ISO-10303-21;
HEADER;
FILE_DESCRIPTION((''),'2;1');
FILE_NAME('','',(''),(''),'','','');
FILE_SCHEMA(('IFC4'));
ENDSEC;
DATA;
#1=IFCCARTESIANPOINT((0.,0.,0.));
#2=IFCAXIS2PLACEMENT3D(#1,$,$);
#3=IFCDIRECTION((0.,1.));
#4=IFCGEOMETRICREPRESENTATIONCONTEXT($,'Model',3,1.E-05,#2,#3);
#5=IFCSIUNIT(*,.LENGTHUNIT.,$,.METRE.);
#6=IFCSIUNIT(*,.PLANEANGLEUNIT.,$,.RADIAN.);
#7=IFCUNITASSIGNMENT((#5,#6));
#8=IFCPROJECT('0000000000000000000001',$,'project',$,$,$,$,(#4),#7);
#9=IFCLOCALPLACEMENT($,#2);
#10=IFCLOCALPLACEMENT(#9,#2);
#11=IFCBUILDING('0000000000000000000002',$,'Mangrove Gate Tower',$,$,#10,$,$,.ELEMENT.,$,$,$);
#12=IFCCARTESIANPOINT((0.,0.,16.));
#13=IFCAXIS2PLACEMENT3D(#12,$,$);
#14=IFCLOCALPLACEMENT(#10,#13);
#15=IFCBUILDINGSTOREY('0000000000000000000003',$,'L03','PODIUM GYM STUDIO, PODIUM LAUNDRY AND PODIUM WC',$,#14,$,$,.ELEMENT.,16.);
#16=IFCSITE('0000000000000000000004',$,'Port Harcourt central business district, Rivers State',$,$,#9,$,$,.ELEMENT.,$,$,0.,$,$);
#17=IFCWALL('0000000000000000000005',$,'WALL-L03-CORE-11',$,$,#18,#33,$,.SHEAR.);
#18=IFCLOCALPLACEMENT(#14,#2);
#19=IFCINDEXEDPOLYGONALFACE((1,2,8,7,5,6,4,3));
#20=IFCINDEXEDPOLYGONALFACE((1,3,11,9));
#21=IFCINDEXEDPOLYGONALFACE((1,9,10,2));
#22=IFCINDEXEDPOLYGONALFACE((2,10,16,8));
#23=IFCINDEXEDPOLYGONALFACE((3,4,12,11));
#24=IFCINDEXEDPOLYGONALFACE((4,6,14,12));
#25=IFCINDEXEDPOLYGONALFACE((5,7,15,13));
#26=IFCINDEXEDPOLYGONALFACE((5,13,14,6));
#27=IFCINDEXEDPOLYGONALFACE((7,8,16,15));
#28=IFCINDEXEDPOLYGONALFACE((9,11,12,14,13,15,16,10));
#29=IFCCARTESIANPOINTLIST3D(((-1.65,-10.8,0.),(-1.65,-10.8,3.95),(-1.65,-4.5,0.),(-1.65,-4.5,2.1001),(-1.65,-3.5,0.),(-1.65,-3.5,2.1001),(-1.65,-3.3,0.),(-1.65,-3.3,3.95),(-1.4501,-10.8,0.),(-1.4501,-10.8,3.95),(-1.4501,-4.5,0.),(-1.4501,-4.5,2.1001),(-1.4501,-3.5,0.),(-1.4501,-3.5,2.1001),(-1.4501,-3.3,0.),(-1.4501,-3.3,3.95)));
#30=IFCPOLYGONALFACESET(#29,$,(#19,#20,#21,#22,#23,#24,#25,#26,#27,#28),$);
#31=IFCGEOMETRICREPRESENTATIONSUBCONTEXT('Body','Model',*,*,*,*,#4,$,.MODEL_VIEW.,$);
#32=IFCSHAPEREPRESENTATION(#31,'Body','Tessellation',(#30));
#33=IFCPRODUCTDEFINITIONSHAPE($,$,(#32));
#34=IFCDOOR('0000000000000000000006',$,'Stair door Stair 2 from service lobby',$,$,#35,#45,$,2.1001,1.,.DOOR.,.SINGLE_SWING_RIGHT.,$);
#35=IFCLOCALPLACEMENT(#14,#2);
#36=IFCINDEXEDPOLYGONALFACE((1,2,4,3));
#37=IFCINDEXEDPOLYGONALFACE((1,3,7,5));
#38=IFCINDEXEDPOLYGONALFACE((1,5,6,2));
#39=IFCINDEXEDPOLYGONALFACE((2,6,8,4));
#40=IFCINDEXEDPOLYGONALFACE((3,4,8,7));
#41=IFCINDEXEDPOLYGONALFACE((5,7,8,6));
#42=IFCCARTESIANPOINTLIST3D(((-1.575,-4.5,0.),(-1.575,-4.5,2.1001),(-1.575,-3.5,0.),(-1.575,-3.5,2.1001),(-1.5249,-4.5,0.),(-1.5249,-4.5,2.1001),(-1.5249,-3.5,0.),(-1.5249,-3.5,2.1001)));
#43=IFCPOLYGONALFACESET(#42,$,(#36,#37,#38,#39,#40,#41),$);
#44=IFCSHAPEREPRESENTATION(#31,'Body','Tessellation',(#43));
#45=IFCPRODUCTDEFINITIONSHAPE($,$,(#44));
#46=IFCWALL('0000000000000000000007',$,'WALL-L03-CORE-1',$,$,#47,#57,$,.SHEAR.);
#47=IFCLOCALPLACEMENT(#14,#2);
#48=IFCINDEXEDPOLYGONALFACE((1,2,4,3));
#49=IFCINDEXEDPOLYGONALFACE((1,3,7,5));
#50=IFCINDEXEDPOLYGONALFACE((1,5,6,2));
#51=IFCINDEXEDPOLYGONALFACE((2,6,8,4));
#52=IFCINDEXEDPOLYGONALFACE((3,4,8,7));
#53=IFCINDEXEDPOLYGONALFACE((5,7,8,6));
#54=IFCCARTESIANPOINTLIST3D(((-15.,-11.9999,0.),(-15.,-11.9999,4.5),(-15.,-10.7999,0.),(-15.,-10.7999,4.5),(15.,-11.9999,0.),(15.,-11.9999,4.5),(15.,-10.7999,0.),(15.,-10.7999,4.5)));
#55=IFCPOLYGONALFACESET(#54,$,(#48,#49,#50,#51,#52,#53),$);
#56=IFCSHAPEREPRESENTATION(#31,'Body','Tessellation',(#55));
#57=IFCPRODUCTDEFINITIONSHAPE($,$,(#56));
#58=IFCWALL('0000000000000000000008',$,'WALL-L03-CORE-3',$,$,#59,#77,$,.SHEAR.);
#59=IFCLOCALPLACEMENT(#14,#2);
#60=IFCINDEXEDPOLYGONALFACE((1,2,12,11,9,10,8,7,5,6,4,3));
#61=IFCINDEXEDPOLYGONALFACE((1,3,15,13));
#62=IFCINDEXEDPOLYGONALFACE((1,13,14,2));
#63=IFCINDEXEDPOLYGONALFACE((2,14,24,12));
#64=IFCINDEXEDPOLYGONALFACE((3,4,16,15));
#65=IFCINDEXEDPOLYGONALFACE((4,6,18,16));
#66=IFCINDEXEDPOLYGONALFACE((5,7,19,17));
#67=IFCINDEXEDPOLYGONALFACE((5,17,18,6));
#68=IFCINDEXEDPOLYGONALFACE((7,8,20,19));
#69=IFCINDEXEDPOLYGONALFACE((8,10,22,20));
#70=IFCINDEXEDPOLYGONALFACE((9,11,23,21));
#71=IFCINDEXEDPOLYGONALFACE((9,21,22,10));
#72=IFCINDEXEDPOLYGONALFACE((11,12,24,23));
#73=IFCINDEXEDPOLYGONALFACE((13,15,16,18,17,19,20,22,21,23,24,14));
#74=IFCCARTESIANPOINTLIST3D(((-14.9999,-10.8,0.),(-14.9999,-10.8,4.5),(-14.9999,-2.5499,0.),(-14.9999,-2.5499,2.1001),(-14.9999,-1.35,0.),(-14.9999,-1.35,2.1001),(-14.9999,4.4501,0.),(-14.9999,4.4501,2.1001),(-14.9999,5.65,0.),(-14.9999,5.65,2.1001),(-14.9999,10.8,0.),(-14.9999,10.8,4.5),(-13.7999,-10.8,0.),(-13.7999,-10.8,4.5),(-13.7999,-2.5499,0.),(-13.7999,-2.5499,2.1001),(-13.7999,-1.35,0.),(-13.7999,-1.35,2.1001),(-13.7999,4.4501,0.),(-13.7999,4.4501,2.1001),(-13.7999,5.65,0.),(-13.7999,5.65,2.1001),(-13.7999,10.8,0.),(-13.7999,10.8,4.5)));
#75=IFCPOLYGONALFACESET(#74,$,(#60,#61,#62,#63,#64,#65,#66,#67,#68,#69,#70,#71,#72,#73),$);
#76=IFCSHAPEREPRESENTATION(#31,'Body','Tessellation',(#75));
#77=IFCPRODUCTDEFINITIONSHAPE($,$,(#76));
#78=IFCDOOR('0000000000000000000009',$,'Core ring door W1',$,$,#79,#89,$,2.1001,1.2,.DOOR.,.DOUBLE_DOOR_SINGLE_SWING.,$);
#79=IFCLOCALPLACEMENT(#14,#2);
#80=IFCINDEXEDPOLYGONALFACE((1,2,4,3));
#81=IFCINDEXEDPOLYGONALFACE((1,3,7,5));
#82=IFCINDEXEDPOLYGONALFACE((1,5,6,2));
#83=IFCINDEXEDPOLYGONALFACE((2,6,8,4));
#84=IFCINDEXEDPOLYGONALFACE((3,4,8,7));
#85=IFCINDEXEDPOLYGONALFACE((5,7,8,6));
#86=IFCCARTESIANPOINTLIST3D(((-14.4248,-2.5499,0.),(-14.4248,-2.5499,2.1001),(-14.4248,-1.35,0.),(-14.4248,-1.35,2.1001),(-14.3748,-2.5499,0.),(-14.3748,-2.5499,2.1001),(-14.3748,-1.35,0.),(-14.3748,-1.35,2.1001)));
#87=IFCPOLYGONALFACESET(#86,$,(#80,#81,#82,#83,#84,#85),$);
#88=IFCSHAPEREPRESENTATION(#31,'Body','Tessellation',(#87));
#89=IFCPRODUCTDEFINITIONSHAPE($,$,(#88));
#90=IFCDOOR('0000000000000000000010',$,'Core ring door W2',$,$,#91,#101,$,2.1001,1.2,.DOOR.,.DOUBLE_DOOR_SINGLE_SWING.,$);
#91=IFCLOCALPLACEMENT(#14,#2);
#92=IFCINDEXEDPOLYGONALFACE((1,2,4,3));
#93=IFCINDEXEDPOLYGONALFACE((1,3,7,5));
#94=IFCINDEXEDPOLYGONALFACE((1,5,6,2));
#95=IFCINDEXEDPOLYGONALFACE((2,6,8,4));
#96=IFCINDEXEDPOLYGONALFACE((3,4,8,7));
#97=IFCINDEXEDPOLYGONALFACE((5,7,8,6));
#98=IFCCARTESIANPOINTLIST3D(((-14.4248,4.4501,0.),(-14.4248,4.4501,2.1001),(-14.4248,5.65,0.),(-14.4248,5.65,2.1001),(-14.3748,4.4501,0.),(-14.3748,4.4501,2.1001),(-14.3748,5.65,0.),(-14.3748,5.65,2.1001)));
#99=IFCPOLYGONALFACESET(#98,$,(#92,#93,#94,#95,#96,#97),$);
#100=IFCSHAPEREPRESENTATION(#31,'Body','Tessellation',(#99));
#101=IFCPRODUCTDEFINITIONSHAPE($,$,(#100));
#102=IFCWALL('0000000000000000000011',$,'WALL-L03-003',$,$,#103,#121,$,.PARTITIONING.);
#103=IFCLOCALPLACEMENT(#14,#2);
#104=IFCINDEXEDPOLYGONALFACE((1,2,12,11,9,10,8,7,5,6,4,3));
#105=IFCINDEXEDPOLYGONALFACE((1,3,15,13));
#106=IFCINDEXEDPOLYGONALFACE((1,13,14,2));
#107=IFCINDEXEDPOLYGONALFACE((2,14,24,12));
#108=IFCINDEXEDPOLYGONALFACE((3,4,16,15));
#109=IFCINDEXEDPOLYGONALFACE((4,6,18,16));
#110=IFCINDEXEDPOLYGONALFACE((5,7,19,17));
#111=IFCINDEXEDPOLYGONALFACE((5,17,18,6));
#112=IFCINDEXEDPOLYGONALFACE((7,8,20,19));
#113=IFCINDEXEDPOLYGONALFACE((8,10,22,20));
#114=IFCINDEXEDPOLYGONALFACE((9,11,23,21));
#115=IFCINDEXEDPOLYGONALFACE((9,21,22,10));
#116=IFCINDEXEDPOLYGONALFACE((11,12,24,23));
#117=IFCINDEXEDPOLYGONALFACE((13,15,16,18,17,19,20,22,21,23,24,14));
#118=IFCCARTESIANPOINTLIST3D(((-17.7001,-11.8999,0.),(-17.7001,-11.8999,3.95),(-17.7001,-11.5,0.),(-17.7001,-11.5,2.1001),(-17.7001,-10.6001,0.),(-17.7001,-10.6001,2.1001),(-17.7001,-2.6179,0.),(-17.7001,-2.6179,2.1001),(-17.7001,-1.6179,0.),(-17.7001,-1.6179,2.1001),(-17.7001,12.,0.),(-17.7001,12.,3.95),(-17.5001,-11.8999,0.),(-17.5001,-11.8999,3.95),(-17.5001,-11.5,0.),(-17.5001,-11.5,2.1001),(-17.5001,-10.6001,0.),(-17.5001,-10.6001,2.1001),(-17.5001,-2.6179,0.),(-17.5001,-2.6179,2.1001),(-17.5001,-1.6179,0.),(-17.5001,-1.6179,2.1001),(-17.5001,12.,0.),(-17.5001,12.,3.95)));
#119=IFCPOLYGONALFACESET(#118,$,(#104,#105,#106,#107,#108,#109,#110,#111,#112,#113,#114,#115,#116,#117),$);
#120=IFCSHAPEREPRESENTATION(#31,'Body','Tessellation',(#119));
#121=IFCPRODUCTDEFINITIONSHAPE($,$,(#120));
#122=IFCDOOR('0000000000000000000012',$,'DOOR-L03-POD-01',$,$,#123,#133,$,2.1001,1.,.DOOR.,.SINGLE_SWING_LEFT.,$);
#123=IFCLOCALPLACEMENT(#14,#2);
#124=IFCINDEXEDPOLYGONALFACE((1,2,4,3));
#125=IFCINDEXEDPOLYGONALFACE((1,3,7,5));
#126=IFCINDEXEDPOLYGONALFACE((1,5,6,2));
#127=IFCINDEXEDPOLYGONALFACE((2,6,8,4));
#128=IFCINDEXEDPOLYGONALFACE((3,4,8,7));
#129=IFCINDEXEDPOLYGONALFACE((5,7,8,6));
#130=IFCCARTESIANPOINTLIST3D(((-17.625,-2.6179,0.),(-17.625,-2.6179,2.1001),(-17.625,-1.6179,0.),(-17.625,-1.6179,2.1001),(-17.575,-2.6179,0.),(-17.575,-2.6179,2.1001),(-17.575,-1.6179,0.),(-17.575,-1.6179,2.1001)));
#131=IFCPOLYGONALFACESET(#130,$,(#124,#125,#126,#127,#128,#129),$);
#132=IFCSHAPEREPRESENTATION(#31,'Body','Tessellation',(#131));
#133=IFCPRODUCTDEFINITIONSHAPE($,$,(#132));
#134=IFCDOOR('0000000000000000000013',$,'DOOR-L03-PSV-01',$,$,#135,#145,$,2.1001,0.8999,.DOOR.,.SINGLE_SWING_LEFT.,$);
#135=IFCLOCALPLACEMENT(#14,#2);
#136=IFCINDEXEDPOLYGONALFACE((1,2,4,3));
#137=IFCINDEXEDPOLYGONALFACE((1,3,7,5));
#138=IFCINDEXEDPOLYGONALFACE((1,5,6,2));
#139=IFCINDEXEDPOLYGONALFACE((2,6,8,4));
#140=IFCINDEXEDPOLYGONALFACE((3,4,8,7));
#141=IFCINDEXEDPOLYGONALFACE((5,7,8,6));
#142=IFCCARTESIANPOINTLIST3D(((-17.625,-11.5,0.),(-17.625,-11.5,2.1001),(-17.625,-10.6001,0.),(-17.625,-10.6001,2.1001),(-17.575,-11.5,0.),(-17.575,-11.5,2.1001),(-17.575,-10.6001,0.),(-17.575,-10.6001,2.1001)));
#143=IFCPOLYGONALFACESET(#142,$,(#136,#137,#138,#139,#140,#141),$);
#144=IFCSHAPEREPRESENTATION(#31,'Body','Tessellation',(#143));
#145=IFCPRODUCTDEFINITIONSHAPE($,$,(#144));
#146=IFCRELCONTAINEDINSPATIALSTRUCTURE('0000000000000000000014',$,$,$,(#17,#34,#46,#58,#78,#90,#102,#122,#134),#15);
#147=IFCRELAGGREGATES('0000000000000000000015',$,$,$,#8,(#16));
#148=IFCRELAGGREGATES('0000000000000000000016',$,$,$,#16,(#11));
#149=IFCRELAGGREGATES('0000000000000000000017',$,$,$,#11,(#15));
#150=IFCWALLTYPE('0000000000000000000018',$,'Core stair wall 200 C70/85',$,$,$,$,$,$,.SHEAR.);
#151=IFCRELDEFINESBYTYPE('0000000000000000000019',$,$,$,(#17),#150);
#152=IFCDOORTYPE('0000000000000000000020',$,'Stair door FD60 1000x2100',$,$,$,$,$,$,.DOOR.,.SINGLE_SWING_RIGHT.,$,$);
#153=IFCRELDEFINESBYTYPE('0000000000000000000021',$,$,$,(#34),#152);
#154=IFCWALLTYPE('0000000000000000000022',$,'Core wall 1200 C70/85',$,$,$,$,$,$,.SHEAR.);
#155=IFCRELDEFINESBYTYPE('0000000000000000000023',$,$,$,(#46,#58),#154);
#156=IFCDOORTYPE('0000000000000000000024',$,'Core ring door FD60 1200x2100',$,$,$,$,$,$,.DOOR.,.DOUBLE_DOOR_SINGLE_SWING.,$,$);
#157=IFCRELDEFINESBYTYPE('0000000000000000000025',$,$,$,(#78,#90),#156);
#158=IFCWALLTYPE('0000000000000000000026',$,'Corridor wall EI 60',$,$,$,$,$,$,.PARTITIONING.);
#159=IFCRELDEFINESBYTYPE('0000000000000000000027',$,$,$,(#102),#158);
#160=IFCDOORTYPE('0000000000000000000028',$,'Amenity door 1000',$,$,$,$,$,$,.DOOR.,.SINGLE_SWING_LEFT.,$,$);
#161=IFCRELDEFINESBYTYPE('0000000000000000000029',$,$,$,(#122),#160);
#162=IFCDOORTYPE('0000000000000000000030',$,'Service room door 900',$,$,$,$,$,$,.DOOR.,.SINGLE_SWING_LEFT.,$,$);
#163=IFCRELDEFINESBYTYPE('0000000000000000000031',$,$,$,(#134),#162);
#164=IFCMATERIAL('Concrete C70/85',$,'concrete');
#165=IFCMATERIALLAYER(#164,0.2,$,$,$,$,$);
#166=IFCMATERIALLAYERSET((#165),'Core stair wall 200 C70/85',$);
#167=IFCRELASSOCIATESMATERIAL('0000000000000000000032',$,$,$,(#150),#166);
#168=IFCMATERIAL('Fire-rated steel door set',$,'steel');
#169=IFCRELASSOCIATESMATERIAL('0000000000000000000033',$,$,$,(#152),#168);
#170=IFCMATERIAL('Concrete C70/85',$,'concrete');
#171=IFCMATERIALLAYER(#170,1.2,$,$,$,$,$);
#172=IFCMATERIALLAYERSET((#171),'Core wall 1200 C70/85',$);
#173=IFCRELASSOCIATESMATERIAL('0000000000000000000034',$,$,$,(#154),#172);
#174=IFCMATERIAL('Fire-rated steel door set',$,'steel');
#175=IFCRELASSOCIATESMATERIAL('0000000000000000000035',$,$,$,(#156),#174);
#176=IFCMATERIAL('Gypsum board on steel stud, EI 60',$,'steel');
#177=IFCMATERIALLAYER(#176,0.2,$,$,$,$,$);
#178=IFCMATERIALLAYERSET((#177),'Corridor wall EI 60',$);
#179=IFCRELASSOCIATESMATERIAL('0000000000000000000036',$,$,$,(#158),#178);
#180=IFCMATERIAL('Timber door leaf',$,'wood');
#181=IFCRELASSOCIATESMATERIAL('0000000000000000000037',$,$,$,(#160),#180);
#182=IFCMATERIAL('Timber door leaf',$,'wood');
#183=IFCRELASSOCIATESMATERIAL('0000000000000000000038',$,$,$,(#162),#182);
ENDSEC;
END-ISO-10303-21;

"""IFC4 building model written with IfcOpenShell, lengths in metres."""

from ifc_helpers import new_model, si_unit, direction, frame, frame_2d, origin, place, context, subcontext, project, spatial, rectangle, extrude, material, layer, layer_set, type_object, element, fill, save


model = new_model("IFC4")

# Units and contexts
model_context = context("Model", 3, precision=1e-05, world=origin(), true_north=direction((0.0, 1.0)))
body_context = subcontext(model_context, "Body", "Model", "MODEL_VIEW")
ifc_project = project(units=[si_unit("LENGTHUNIT", "METRE"), si_unit("PLANEANGLEUNIT", "RADIAN")], contexts=[model_context])

# Site, building, storey
site_placement = place(None, origin())
site = spatial("IfcSite", under=ifc_project, at=site_placement, Name="Port Harcourt central business district, Rivers State", CompositionType="ELEMENT", RefElevation=0.0)
building_placement = place(site_placement, origin())
building = spatial("IfcBuilding", under=site, at=building_placement, Name="Mangrove Gate Tower", CompositionType="ELEMENT")
storey_placement = place(building_placement, frame((0.0, 0.0, 16.0)))
storey = spatial("IfcBuildingStorey", under=building, at=storey_placement, Name="L03", Description="PODIUM GYM STUDIO, PODIUM LAUNDRY AND PODIUM WC", CompositionType="ELEMENT", Elevation=16.0)

# Shared definitions
ifc_material_1 = material(Name="Concrete C70/85", Category="concrete")
ifc_layer_1 = layer(ifc_material_1, 0.2)
ifc_layer_set_1 = layer_set([ifc_layer_1], Name="Core stair wall 200 C70/85")
wall_type_1 = type_object("IfcWallType", Name="Core stair wall 200 C70/85", PredefinedType="SHEAR", material=ifc_layer_set_1)

# Wall, opening, door
wall_1_placement = place(storey_placement, frame((-1.55, -10.8, 0.0), z_axis=(0.0, 0.0, 1.0), x_axis=(0.0, 1.0, 0.0)))
wall_1 = element("IfcWall", 1, at=wall_1_placement, inside=storey, type_object=wall_type_1, Name="WALL-L03-CORE-11", PredefinedType="SHEAR", context=body_context, shape_type="SweptSolid", body=[
    extrude(rectangle(XDim=7.5, YDim=0.2, at=frame_2d((3.75, 0.0))), origin(), (0.0, 0.0, 1.0), 3.95),
])
opening_1_placement = place(wall_1_placement, frame((6.3, 0.0, 0.0)))
opening_1 = element("IfcOpeningElement", 2, at=opening_1_placement, cuts=wall_1, PredefinedType="OPENING", context=body_context, shape_type="SweptSolid", body=[
    extrude(rectangle(XDim=1.0, YDim=2.1001, at=frame_2d((0.5, 1.05))), frame((0.0, 0.1099, 0.0), z_axis=(0.0, -1.0, 0.0), x_axis=(1.0, 0.0, 0.0)), (0.0, 0.0, 1.0), 0.22),
])
ifc_material_2 = material(Name="Fire-rated steel door set", Category="steel")
door_type_1 = type_object("IfcDoorType", Name="Stair door FD60 1000x2100", OperationType="SINGLE_SWING_RIGHT", PredefinedType="DOOR", material=ifc_material_2)
door_1_placement = place(opening_1_placement, origin())
door_1 = element("IfcDoor", 3, at=door_1_placement, inside=storey, type_object=door_type_1, Name="Stair door Stair 2 from service lobby", OperationType="SINGLE_SWING_RIGHT", OverallHeight=2.1001, OverallWidth=1.0, PredefinedType="DOOR", context=body_context, shape_type="SweptSolid", body=[
    extrude(rectangle(XDim=1.0, YDim=2.1001, at=frame_2d((0.5, 1.05))), frame((0.0, 0.0249, 0.0), z_axis=(0.0, -1.0, 0.0), x_axis=(1.0, 0.0, 0.0)), (0.0, 0.0, 1.0), 0.05),
])
fill(opening_1, door_1)

# Wall
ifc_material_3 = material(Name="Concrete C70/85", Category="concrete")
ifc_layer_2 = layer(ifc_material_3, 1.2)
ifc_layer_set_2 = layer_set([ifc_layer_2], Name="Core wall 1200 C70/85")
wall_type_2 = type_object("IfcWallType", Name="Core wall 1200 C70/85", PredefinedType="SHEAR", material=ifc_layer_set_2)
wall_2_placement = place(storey_placement, frame((-15.0, -11.3999, 0.0), z_axis=(0.0, 0.0, 1.0), x_axis=(1.0, 0.0, 0.0)))
element("IfcWall", 4, at=wall_2_placement, inside=storey, type_object=wall_type_2, Name="WALL-L03-CORE-1", PredefinedType="SHEAR", context=body_context, shape_type="SweptSolid", body=[
    extrude(rectangle(XDim=30.0, YDim=1.2, at=frame_2d((15.0, 0.0))), origin(), (0.0, 0.0, 1.0), 4.5),
])

# Walls, openings, doors
wall_3_placement = place(storey_placement, frame((-14.3999, -10.8, 0.0), z_axis=(0.0, 0.0, 1.0), x_axis=(0.0, 1.0, 0.0)))
wall_3 = element("IfcWall", 5, at=wall_3_placement, inside=storey, type_object=wall_type_2, Name="WALL-L03-CORE-3", PredefinedType="SHEAR", context=body_context, shape_type="SweptSolid", body=[
    extrude(rectangle(XDim=21.6001, YDim=1.2, at=frame_2d((10.8, 0.0))), origin(), (0.0, 0.0, 1.0), 4.5),
])
opening_2_placement = place(wall_3_placement, frame((8.25, 0.0, 0.0)))
opening_2 = element("IfcOpeningElement", 6, at=opening_2_placement, cuts=wall_3, PredefinedType="OPENING", context=body_context, shape_type="SweptSolid", body=[
    extrude(rectangle(XDim=1.2, YDim=2.1001, at=frame_2d((0.6001, 1.05))), frame((0.0, 0.6099, 0.0), z_axis=(0.0, -1.0, 0.0), x_axis=(1.0, 0.0, 0.0)), (0.0, 0.0, 1.0), 1.22),
])
opening_3_placement = place(wall_3_placement, frame((15.25, 0.0, 0.0)))
opening_3 = element("IfcOpeningElement", 7, at=opening_3_placement, cuts=wall_3, PredefinedType="OPENING", context=body_context, shape_type="SweptSolid", body=[
    extrude(rectangle(XDim=1.2, YDim=2.1001, at=frame_2d((0.6001, 1.05))), frame((0.0, 0.6099, 0.0), z_axis=(0.0, -1.0, 0.0), x_axis=(1.0, 0.0, 0.0)), (0.0, 0.0, 1.0), 1.22),
])
ifc_material_4 = material(Name="Fire-rated steel door set", Category="steel")
door_type_2 = type_object("IfcDoorType", Name="Core ring door FD60 1200x2100", OperationType="DOUBLE_DOOR_SINGLE_SWING", PredefinedType="DOOR", material=ifc_material_4)
door_2_placement = place(opening_2_placement, origin())
door_2 = element("IfcDoor", 8, at=door_2_placement, inside=storey, type_object=door_type_2, Name="Core ring door W1", OperationType="DOUBLE_DOOR_SINGLE_SWING", OverallHeight=2.1001, OverallWidth=1.2, PredefinedType="DOOR", context=body_context, shape_type="SweptSolid", body=[
    extrude(rectangle(XDim=1.2, YDim=2.1001, at=frame_2d((0.6001, 1.05))), frame((0.0, 0.0249, 0.0), z_axis=(0.0, -1.0, 0.0), x_axis=(1.0, 0.0, 0.0)), (0.0, 0.0, 1.0), 0.05),
])
fill(opening_2, door_2)
door_3_placement = place(opening_3_placement, origin())
door_3 = element("IfcDoor", 9, at=door_3_placement, inside=storey, type_object=door_type_2, Name="Core ring door W2", OperationType="DOUBLE_DOOR_SINGLE_SWING", OverallHeight=2.1001, OverallWidth=1.2, PredefinedType="DOOR", context=body_context, shape_type="SweptSolid", body=[
    extrude(rectangle(XDim=1.2, YDim=2.1001, at=frame_2d((0.6001, 1.05))), frame((0.0, 0.0249, 0.0), z_axis=(0.0, -1.0, 0.0), x_axis=(1.0, 0.0, 0.0)), (0.0, 0.0, 1.0), 0.05),
])
fill(opening_3, door_3)
ifc_material_5 = material(Name="Gypsum board on steel stud, EI 60", Category="steel")
ifc_layer_3 = layer(ifc_material_5, 0.2)
ifc_layer_set_3 = layer_set([ifc_layer_3], Name="Corridor wall EI 60")
wall_type_3 = type_object("IfcWallType", Name="Corridor wall EI 60", PredefinedType="PARTITIONING", material=ifc_layer_set_3)
wall_4_placement = place(storey_placement, frame((-17.6001, -11.8999, 0.0), z_axis=(0.0, 0.0, 1.0), x_axis=(0.0, 1.0, 0.0)))
wall_4 = element("IfcWall", 10, at=wall_4_placement, inside=storey, type_object=wall_type_3, Name="WALL-L03-003", PredefinedType="PARTITIONING", context=body_context, shape_type="SweptSolid", body=[
    extrude(rectangle(XDim=23.8999, YDim=0.2, at=frame_2d((11.95, 0.0))), origin(), (0.0, 0.0, 1.0), 3.95),
])
opening_4_placement = place(wall_4_placement, frame((9.282, 0.0, 0.0)))
opening_4 = element("IfcOpeningElement", 11, at=opening_4_placement, cuts=wall_4, PredefinedType="OPENING", context=body_context, shape_type="SweptSolid", body=[
    extrude(rectangle(XDim=1.0, YDim=2.1001, at=frame_2d((0.5, 1.05))), frame((0.0, 0.1099, 0.0), z_axis=(0.0, -1.0, 0.0), x_axis=(1.0, 0.0, 0.0)), (0.0, 0.0, 1.0), 0.22),
])
opening_5_placement = place(wall_4_placement, frame((0.3999, 0.0, 0.0)))
opening_5 = element("IfcOpeningElement", 12, at=opening_5_placement, cuts=wall_4, PredefinedType="OPENING", context=body_context, shape_type="SweptSolid", body=[
    extrude(rectangle(XDim=0.8999, YDim=2.1001, at=frame_2d((0.45, 1.05))), frame((0.0, 0.1099, 0.0), z_axis=(0.0, -1.0, 0.0), x_axis=(1.0, 0.0, 0.0)), (0.0, 0.0, 1.0), 0.22),
])
ifc_material_6 = material(Name="Timber door leaf", Category="wood")
door_type_3 = type_object("IfcDoorType", Name="Amenity door 1000", OperationType="SINGLE_SWING_LEFT", PredefinedType="DOOR", material=ifc_material_6)
door_4_placement = place(opening_4_placement, origin())
door_4 = element("IfcDoor", 13, at=door_4_placement, inside=storey, type_object=door_type_3, Name="DOOR-L03-POD-01", OperationType="SINGLE_SWING_LEFT", OverallHeight=2.1001, OverallWidth=1.0, PredefinedType="DOOR", context=body_context, shape_type="SweptSolid", body=[
    extrude(rectangle(XDim=1.0, YDim=2.1001, at=frame_2d((0.5, 1.05))), frame((0.0, 0.0249, 0.0), z_axis=(0.0, -1.0, 0.0), x_axis=(1.0, 0.0, 0.0)), (0.0, 0.0, 1.0), 0.05),
])
fill(opening_4, door_4)
ifc_material_7 = material(Name="Timber door leaf", Category="wood")
door_type_4 = type_object("IfcDoorType", Name="Service room door 900", OperationType="SINGLE_SWING_LEFT", PredefinedType="DOOR", material=ifc_material_7)
door_5_placement = place(opening_5_placement, origin())
door_5 = element("IfcDoor", 14, at=door_5_placement, inside=storey, type_object=door_type_4, Name="DOOR-L03-PSV-01", OperationType="SINGLE_SWING_LEFT", OverallHeight=2.1001, OverallWidth=0.8999, PredefinedType="DOOR", context=body_context, shape_type="SweptSolid", body=[
    extrude(rectangle(XDim=0.8999, YDim=2.1001, at=frame_2d((0.45, 1.05))), frame((0.0, 0.0249, 0.0), z_axis=(0.0, -1.0, 0.0), x_axis=(1.0, 0.0, 0.0)), (0.0, 0.0, 1.0), 0.05),
])
fill(opening_5, door_5)

save(model, "model.ifc")
